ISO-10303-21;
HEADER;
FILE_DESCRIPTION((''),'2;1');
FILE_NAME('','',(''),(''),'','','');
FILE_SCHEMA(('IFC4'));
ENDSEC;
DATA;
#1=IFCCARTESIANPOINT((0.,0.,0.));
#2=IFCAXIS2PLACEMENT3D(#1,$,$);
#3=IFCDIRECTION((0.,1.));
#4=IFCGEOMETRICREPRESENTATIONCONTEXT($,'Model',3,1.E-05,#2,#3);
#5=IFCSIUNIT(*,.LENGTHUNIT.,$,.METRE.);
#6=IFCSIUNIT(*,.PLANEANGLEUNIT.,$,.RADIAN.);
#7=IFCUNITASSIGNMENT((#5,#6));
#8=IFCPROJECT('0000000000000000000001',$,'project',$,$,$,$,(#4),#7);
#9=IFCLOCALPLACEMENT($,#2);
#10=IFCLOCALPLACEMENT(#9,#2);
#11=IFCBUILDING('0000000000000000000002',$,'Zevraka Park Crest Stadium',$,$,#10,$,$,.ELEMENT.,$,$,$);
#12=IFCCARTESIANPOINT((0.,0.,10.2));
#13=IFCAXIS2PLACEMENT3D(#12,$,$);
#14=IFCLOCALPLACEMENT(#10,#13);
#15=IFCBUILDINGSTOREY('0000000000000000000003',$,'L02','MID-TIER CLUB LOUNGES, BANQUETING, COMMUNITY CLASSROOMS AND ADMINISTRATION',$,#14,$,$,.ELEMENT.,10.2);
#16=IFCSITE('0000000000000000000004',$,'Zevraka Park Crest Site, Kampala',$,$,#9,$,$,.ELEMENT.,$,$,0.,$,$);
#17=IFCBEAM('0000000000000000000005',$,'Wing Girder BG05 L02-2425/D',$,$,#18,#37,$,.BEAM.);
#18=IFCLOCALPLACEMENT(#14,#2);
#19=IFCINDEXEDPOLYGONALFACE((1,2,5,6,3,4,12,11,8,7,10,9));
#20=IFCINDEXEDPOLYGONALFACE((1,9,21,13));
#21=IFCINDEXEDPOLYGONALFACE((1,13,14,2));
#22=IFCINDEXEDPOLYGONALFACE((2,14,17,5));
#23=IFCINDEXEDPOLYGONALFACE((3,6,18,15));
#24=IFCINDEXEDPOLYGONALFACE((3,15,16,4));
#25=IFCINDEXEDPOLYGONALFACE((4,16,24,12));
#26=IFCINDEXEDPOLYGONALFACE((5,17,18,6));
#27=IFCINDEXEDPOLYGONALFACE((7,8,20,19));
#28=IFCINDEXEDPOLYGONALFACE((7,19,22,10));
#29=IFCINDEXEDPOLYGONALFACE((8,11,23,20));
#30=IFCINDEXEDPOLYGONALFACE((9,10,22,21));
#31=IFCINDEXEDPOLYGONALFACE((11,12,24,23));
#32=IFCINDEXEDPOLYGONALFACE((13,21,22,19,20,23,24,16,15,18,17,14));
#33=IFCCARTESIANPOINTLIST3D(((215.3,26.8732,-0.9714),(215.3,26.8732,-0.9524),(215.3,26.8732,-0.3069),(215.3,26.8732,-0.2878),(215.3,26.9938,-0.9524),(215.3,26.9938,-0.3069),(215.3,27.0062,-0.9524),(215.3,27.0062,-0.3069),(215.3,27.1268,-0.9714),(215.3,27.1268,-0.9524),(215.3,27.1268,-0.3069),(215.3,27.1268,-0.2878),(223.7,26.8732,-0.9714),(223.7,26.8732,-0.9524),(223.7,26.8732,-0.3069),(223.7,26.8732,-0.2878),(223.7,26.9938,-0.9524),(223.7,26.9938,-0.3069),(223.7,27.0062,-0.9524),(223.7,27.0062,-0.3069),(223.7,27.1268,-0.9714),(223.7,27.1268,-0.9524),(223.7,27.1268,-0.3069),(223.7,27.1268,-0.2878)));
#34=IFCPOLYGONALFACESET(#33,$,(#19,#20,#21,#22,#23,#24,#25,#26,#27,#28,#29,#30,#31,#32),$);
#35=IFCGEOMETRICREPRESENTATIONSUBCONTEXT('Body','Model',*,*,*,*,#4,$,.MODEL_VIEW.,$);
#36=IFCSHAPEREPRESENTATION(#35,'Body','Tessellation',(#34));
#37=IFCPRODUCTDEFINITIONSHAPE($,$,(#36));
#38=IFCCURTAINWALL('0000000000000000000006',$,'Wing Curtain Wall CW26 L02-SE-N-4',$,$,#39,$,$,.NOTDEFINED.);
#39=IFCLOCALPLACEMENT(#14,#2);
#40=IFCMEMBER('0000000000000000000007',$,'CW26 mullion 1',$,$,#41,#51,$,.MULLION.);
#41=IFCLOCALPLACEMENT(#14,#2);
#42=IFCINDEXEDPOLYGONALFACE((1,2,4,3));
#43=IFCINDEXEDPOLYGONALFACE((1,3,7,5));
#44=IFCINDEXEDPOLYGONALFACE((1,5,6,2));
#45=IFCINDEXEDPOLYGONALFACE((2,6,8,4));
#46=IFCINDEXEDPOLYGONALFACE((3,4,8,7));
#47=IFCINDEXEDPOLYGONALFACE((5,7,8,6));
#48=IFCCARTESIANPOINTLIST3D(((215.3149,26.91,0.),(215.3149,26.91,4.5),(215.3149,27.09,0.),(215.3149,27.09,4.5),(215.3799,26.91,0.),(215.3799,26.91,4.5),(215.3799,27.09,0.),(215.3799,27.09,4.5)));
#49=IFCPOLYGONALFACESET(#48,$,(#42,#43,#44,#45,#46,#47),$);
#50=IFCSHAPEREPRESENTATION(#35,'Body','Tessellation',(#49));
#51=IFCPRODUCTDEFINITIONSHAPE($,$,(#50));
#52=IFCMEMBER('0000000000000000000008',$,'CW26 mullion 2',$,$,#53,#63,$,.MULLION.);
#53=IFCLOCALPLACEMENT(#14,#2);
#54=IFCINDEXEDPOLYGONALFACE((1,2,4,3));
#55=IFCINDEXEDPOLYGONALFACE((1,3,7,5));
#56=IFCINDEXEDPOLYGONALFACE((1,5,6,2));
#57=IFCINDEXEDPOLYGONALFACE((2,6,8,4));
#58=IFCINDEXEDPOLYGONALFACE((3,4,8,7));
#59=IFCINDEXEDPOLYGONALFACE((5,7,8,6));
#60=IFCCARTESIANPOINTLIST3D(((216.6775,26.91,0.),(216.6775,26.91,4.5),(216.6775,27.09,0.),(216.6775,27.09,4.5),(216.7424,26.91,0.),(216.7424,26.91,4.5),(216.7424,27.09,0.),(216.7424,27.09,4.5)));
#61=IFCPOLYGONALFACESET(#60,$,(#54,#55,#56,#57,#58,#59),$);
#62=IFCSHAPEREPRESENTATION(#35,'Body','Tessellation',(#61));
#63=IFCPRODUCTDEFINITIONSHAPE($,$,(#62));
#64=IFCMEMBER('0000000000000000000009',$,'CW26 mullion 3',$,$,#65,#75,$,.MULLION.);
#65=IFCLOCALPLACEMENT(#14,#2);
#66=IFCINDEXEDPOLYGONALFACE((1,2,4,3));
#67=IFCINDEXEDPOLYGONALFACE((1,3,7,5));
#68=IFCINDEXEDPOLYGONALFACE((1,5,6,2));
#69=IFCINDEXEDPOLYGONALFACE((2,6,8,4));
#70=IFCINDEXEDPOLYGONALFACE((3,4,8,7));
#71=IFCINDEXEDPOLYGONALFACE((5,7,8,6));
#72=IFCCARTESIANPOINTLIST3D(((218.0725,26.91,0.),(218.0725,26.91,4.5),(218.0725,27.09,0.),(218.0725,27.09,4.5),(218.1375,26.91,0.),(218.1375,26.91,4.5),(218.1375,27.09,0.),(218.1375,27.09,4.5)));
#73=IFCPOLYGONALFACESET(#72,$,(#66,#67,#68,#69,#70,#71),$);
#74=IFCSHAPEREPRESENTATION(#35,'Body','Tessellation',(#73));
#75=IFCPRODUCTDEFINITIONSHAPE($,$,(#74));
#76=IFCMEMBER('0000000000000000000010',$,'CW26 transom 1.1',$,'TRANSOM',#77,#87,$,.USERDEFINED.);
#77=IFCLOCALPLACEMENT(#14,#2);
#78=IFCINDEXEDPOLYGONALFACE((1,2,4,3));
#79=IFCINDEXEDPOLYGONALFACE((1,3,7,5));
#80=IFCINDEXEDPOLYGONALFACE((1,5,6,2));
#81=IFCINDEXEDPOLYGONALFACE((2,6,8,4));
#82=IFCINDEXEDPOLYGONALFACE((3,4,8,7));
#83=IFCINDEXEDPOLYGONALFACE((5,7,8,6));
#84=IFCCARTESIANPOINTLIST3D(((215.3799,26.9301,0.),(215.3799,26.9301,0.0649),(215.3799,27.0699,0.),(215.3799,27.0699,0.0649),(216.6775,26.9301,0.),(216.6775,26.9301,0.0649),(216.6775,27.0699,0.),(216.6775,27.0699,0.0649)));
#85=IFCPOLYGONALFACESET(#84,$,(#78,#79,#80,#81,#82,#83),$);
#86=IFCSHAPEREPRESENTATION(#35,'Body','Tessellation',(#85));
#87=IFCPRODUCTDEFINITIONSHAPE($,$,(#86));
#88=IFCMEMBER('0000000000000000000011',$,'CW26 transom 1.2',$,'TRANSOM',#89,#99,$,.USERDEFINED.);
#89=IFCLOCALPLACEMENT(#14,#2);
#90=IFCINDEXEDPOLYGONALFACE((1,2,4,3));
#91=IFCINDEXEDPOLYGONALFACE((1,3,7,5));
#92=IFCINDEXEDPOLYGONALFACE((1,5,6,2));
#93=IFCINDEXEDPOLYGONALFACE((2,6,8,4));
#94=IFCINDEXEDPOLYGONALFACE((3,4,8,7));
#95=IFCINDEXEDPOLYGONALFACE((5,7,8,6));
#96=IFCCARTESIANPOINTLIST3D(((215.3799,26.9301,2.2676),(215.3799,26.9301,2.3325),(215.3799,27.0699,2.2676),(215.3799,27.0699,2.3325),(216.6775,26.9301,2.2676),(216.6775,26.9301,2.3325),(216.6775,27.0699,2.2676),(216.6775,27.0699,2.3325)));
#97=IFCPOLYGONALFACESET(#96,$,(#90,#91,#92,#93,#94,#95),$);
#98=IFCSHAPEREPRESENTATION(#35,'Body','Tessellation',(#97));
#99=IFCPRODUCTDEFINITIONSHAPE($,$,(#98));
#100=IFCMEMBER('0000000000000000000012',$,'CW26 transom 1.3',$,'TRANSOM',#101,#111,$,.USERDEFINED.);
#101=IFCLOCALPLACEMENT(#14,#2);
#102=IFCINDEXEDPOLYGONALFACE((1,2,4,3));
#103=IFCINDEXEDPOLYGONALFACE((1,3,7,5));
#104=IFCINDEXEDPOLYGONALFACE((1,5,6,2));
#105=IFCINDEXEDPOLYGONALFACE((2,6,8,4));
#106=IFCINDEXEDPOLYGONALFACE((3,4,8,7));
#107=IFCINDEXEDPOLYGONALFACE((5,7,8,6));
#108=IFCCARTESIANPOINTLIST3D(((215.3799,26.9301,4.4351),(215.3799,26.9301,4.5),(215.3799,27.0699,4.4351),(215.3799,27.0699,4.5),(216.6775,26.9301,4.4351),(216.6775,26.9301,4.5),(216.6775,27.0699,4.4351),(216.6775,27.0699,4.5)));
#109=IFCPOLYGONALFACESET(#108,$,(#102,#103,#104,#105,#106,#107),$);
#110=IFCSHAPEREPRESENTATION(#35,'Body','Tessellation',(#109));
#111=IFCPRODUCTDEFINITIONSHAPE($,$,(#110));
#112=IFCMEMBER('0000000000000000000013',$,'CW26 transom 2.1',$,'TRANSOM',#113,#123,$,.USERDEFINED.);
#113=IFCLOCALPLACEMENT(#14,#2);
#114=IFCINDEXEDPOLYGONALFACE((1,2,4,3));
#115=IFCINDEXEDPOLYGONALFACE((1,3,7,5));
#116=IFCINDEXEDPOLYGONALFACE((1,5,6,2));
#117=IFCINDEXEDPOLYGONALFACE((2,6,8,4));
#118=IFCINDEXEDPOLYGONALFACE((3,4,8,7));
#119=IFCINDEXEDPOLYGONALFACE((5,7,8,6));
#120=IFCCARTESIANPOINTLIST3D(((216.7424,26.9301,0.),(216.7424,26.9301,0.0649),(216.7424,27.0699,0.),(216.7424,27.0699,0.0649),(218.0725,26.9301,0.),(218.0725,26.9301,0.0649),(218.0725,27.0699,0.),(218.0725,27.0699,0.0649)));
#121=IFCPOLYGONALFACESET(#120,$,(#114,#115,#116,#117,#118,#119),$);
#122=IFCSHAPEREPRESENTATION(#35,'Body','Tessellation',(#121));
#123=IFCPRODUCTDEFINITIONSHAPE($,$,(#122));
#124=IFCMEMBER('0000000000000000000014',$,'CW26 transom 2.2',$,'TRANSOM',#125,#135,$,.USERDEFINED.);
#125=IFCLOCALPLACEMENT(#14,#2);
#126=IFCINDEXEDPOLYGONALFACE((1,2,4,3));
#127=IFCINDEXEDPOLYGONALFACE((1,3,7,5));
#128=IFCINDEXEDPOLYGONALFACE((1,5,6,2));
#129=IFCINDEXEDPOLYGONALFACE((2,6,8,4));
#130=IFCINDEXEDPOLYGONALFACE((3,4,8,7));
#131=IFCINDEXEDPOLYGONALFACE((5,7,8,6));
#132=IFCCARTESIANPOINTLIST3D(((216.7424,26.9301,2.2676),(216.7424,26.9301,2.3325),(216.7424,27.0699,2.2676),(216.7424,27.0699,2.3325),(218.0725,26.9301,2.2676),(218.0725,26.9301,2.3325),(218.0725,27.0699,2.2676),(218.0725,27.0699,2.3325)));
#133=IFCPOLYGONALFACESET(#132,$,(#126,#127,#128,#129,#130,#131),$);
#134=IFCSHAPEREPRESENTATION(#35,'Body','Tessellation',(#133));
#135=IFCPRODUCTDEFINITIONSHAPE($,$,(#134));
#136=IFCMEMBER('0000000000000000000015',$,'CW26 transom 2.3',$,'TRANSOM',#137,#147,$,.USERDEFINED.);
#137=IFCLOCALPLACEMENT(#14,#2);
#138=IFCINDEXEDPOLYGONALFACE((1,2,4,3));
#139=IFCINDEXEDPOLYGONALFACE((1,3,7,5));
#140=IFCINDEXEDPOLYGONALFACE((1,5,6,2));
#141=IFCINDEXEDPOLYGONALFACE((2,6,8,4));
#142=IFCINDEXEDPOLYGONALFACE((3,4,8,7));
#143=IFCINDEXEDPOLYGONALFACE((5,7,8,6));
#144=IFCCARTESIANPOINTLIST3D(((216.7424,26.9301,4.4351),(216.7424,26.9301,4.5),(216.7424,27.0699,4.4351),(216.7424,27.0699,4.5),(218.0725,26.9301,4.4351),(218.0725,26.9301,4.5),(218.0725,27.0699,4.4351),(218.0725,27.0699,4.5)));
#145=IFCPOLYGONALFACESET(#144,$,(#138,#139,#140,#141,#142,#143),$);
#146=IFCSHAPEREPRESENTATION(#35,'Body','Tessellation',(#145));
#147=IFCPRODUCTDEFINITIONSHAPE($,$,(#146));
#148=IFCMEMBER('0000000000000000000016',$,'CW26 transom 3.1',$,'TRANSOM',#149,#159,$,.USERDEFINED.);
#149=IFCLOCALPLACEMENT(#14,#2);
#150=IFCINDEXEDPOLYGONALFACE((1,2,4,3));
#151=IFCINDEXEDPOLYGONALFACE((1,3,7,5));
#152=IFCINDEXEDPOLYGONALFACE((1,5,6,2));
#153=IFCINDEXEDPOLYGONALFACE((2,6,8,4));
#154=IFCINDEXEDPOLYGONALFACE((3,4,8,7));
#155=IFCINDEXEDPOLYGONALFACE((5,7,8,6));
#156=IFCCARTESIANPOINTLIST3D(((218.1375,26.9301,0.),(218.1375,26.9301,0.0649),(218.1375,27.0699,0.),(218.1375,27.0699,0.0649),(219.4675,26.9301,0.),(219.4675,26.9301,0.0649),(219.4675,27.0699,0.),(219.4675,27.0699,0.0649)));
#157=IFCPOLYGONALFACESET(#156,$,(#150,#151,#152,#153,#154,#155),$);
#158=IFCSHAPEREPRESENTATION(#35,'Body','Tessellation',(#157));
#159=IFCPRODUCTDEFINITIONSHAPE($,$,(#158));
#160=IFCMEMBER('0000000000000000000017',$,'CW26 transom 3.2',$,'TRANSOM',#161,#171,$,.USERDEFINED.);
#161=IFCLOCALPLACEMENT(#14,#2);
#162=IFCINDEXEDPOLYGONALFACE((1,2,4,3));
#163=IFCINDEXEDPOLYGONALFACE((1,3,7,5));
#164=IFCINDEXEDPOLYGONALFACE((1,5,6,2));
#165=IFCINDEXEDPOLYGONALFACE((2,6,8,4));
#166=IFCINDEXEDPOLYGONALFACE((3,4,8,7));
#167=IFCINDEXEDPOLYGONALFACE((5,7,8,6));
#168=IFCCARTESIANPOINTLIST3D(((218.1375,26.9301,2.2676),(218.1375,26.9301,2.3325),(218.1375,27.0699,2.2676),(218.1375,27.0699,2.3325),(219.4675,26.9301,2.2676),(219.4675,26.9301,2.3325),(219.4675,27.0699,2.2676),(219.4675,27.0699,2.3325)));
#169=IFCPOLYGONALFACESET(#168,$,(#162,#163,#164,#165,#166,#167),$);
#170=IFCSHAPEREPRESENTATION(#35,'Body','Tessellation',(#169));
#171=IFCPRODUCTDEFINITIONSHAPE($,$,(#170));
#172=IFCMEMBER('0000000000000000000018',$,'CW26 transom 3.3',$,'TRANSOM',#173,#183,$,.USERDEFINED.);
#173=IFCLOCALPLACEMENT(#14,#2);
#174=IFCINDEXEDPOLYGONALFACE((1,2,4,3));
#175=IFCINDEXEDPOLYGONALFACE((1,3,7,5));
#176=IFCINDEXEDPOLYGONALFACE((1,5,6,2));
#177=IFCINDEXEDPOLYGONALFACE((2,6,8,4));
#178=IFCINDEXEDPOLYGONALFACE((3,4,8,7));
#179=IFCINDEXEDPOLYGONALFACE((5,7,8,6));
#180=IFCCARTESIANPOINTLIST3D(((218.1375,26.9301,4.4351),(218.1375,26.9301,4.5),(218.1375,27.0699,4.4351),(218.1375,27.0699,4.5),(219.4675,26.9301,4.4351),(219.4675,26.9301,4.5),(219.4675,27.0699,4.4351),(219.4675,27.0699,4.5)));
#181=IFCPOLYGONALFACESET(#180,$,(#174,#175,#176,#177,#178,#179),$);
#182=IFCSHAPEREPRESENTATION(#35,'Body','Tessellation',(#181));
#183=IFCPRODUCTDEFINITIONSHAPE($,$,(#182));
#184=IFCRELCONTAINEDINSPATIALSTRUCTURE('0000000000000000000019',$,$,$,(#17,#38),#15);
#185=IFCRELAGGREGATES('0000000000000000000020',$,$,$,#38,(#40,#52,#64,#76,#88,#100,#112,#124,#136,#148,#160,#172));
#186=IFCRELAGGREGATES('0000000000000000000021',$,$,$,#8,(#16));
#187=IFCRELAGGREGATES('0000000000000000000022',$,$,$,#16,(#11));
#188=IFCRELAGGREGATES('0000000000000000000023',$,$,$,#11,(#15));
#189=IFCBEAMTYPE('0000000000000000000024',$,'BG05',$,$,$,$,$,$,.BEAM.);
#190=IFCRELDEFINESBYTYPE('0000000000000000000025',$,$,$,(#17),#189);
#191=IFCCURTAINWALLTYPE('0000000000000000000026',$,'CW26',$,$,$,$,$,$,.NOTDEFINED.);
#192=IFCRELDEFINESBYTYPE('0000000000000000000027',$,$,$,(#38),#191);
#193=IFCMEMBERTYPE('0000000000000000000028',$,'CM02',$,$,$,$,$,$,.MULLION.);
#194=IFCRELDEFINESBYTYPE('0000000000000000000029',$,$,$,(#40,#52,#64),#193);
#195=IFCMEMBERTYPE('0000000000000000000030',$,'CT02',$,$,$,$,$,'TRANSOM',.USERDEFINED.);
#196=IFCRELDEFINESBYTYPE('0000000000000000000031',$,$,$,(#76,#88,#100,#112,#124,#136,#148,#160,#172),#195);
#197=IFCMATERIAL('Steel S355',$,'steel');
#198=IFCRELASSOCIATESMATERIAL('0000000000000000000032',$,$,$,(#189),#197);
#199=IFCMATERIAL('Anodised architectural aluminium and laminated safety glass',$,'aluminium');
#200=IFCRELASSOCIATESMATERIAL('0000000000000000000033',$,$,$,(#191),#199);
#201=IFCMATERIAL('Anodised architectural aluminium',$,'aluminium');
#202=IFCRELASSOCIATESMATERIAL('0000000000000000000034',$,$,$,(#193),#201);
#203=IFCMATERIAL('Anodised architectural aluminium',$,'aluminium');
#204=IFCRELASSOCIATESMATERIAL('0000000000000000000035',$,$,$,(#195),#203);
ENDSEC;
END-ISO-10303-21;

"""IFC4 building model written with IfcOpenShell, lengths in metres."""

from ifc_helpers import new_model, si_unit, direction, frame, origin, origin_2d, place, context, subcontext, project, spatial, rectangle, i_section, extrude, material, material_profile, profile_set, type_object, element, aggregate, save


model = new_model("IFC4")

# Units and contexts
model_context = context("Model", 3, precision=1e-05, world=origin(), true_north=direction((0.0, 1.0)))
body_context = subcontext(model_context, "Body", "Model", "MODEL_VIEW")
ifc_project = project(units=[si_unit("LENGTHUNIT", "METRE"), si_unit("PLANEANGLEUNIT", "RADIAN")], contexts=[model_context])

# Site, building, storey
site_placement = place(None, origin())
site = spatial("IfcSite", under=ifc_project, at=site_placement, Name="Zevraka Park Crest Site, Kampala", CompositionType="ELEMENT", RefElevation=0.0)
building_placement = place(site_placement, origin())
building = spatial("IfcBuilding", under=site, at=building_placement, Name="Zevraka Park Crest Stadium", CompositionType="ELEMENT")
storey_placement = place(building_placement, frame((0.0, 0.0, 10.2)))
storey = spatial("IfcBuildingStorey", under=building, at=storey_placement, Name="L02", Description="MID-TIER CLUB LOUNGES, BANQUETING, COMMUNITY CLASSROOMS AND ADMINISTRATION", CompositionType="ELEMENT", Elevation=10.2)

# Beam
ifc_material_1 = material(Name="Steel S355", Category="steel")
ifc_material_profile_1 = material_profile(ifc_material_1, i_section(OverallWidth=0.2537, OverallDepth=0.6836, WebThickness=0.0125, FlangeThickness=0.019, at=origin_2d()), Name="UKB 686x254x140")
ifc_profile_set_1 = profile_set([ifc_material_profile_1], Name="Steel S355")
beam_type = type_object("IfcBeamType", Name="BG05", PredefinedType="BEAM", material=ifc_profile_set_1)
beam_placement = place(storey_placement, frame((215.3, 27.0, -0.6296), z_axis=(1.0, 0.0, 0.0), x_axis=(0.0, 1.0, 0.0)))
element("IfcBeam", 1, at=beam_placement, inside=storey, type_object=beam_type, Name="Wing Girder BG05 L02-2425/D", PredefinedType="BEAM", context=body_context, shape_type="SweptSolid", body=[
    extrude(i_section(OverallWidth=0.2537, OverallDepth=0.6836, WebThickness=0.0125, FlangeThickness=0.019, at=origin_2d()), origin(), (0.0, 0.0, 1.0), 8.3999),
])

# Curtain wall, members
ifc_material_2 = material(Name="Anodised architectural aluminium and laminated safety glass", Category="aluminium")
curtain_wall_type = type_object("IfcCurtainWallType", Name="CW26", PredefinedType="NOTDEFINED", material=ifc_material_2)
curtain_wall_placement = place(storey_placement, origin())
curtain_wall = element("IfcCurtainWall", 2, at=curtain_wall_placement, inside=storey, type_object=curtain_wall_type, Name="Wing Curtain Wall CW26 L02-SE-N-4", PredefinedType="NOTDEFINED")
ifc_material_3 = material(Name="Anodised architectural aluminium", Category="aluminium")
ifc_material_profile_2 = material_profile(ifc_material_3, rectangle(XDim=0.1799, YDim=0.0649, at=origin_2d()), Name="ALU MULLION 180x65")
ifc_profile_set_2 = profile_set([ifc_material_profile_2], Name="Anodised architectural aluminium")
member_type_1 = type_object("IfcMemberType", Name="CM02", PredefinedType="MULLION", material=ifc_profile_set_2)
member_1_placement = place(storey_placement, frame((215.3474, 27.0, 0.0), z_axis=(0.0, 0.0, 1.0), x_axis=(0.0, 1.0, 0.0)))
member_1 = element("IfcMember", 3, at=member_1_placement, type_object=member_type_1, Name="CW26 mullion 1", PredefinedType="MULLION", context=body_context, shape_type="SweptSolid", body=[
    extrude(rectangle(XDim=0.1799, YDim=0.0649, at=origin_2d()), origin(), (0.0, 0.0, 1.0), 4.5),
])
member_2_placement = place(storey_placement, frame((216.71, 27.0, 0.0), z_axis=(0.0, 0.0, 1.0), x_axis=(0.0, 1.0, 0.0)))
member_2 = element("IfcMember", 4, at=member_2_placement, type_object=member_type_1, Name="CW26 mullion 2", PredefinedType="MULLION", context=body_context, shape_type="SweptSolid", body=[
    extrude(rectangle(XDim=0.1799, YDim=0.0649, at=origin_2d()), origin(), (0.0, 0.0, 1.0), 4.5),
])
member_3_placement = place(storey_placement, frame((218.105, 27.0, 0.0), z_axis=(0.0, 0.0, 1.0), x_axis=(0.0, 1.0, 0.0)))
member_3 = element("IfcMember", 5, at=member_3_placement, type_object=member_type_1, Name="CW26 mullion 3", PredefinedType="MULLION", context=body_context, shape_type="SweptSolid", body=[
    extrude(rectangle(XDim=0.1799, YDim=0.0649, at=origin_2d()), origin(), (0.0, 0.0, 1.0), 4.5),
])
ifc_material_4 = material(Name="Anodised architectural aluminium", Category="aluminium")
ifc_material_profile_3 = material_profile(ifc_material_4, rectangle(XDim=0.1399, YDim=0.0649, at=origin_2d()), Name="ALU TRANSOM 140x65")
ifc_profile_set_3 = profile_set([ifc_material_profile_3], Name="Anodised architectural aluminium")
member_type_2 = type_object("IfcMemberType", Name="CT02", ElementType="TRANSOM", PredefinedType="USERDEFINED", material=ifc_profile_set_3)
member_4_placement = place(storey_placement, frame((215.3799, 27.0, 0.0325), z_axis=(1.0, 0.0, 0.0), x_axis=(0.0, 1.0, 0.0)))
member_4 = element("IfcMember", 6, at=member_4_placement, type_object=member_type_2, Name="CW26 transom 1.1", ObjectType="TRANSOM", PredefinedType="USERDEFINED", context=body_context, shape_type="SweptSolid", body=[
    extrude(rectangle(XDim=0.1399, YDim=0.0649, at=origin_2d()), origin(), (0.0, 0.0, 1.0), 1.2976),
])
member_5_placement = place(storey_placement, frame((215.3799, 27.0, 2.3), z_axis=(1.0, 0.0, 0.0), x_axis=(0.0, 1.0, 0.0)))
member_5 = element("IfcMember", 7, at=member_5_placement, type_object=member_type_2, Name="CW26 transom 1.2", ObjectType="TRANSOM", PredefinedType="USERDEFINED", context=body_context, shape_type="SweptSolid", body=[
    extrude(rectangle(XDim=0.1399, YDim=0.0649, at=origin_2d()), origin(), (0.0, 0.0, 1.0), 1.2976),
])
member_6_placement = place(storey_placement, frame((215.3799, 27.0, 4.4675), z_axis=(1.0, 0.0, 0.0), x_axis=(0.0, 1.0, 0.0)))
member_6 = element("IfcMember", 8, at=member_6_placement, type_object=member_type_2, Name="CW26 transom 1.3", ObjectType="TRANSOM", PredefinedType="USERDEFINED", context=body_context, shape_type="SweptSolid", body=[
    extrude(rectangle(XDim=0.1399, YDim=0.0649, at=origin_2d()), origin(), (0.0, 0.0, 1.0), 1.2976),
])
member_7_placement = place(storey_placement, frame((216.7424, 27.0, 0.0325), z_axis=(1.0, 0.0, 0.0), x_axis=(0.0, 1.0, 0.0)))
member_7 = element("IfcMember", 9, at=member_7_placement, type_object=member_type_2, Name="CW26 transom 2.1", ObjectType="TRANSOM", PredefinedType="USERDEFINED", context=body_context, shape_type="SweptSolid", body=[
    extrude(rectangle(XDim=0.1399, YDim=0.0649, at=origin_2d()), origin(), (0.0, 0.0, 1.0), 1.3301),
])
member_8_placement = place(storey_placement, frame((216.7424, 27.0, 2.3), z_axis=(1.0, 0.0, 0.0), x_axis=(0.0, 1.0, 0.0)))
member_8 = element("IfcMember", 10, at=member_8_placement, type_object=member_type_2, Name="CW26 transom 2.2", ObjectType="TRANSOM", PredefinedType="USERDEFINED", context=body_context, shape_type="SweptSolid", body=[
    extrude(rectangle(XDim=0.1399, YDim=0.0649, at=origin_2d()), origin(), (0.0, 0.0, 1.0), 1.3301),
])
member_9_placement = place(storey_placement, frame((216.7424, 27.0, 4.4675), z_axis=(1.0, 0.0, 0.0), x_axis=(0.0, 1.0, 0.0)))
member_9 = element("IfcMember", 11, at=member_9_placement, type_object=member_type_2, Name="CW26 transom 2.3", ObjectType="TRANSOM", PredefinedType="USERDEFINED", context=body_context, shape_type="SweptSolid", body=[
    extrude(rectangle(XDim=0.1399, YDim=0.0649, at=origin_2d()), origin(), (0.0, 0.0, 1.0), 1.3301),
])
member_10_placement = place(storey_placement, frame((218.1375, 27.0, 0.0325), z_axis=(1.0, 0.0, 0.0), x_axis=(0.0, 1.0, 0.0)))
member_10 = element("IfcMember", 12, at=member_10_placement, type_object=member_type_2, Name="CW26 transom 3.1", ObjectType="TRANSOM", PredefinedType="USERDEFINED", context=body_context, shape_type="SweptSolid", body=[
    extrude(rectangle(XDim=0.1399, YDim=0.0649, at=origin_2d()), origin(), (0.0, 0.0, 1.0), 1.3301),
])
member_11_placement = place(storey_placement, frame((218.1375, 27.0, 2.3), z_axis=(1.0, 0.0, 0.0), x_axis=(0.0, 1.0, 0.0)))
member_11 = element("IfcMember", 13, at=member_11_placement, type_object=member_type_2, Name="CW26 transom 3.2", ObjectType="TRANSOM", PredefinedType="USERDEFINED", context=body_context, shape_type="SweptSolid", body=[
    extrude(rectangle(XDim=0.1399, YDim=0.0649, at=origin_2d()), origin(), (0.0, 0.0, 1.0), 1.3301),
])
member_12_placement = place(storey_placement, frame((218.1375, 27.0, 4.4675), z_axis=(1.0, 0.0, 0.0), x_axis=(0.0, 1.0, 0.0)))
member_12 = element("IfcMember", 14, at=member_12_placement, type_object=member_type_2, Name="CW26 transom 3.3", ObjectType="TRANSOM", PredefinedType="USERDEFINED", context=body_context, shape_type="SweptSolid", body=[
    extrude(rectangle(XDim=0.1399, YDim=0.0649, at=origin_2d()), origin(), (0.0, 0.0, 1.0), 1.3301),
])
aggregate(curtain_wall, [member_1, member_2, member_3, member_4, member_5, member_6, member_7, member_8, member_9, member_10, member_11, member_12])

save(model, "model.ifc")
